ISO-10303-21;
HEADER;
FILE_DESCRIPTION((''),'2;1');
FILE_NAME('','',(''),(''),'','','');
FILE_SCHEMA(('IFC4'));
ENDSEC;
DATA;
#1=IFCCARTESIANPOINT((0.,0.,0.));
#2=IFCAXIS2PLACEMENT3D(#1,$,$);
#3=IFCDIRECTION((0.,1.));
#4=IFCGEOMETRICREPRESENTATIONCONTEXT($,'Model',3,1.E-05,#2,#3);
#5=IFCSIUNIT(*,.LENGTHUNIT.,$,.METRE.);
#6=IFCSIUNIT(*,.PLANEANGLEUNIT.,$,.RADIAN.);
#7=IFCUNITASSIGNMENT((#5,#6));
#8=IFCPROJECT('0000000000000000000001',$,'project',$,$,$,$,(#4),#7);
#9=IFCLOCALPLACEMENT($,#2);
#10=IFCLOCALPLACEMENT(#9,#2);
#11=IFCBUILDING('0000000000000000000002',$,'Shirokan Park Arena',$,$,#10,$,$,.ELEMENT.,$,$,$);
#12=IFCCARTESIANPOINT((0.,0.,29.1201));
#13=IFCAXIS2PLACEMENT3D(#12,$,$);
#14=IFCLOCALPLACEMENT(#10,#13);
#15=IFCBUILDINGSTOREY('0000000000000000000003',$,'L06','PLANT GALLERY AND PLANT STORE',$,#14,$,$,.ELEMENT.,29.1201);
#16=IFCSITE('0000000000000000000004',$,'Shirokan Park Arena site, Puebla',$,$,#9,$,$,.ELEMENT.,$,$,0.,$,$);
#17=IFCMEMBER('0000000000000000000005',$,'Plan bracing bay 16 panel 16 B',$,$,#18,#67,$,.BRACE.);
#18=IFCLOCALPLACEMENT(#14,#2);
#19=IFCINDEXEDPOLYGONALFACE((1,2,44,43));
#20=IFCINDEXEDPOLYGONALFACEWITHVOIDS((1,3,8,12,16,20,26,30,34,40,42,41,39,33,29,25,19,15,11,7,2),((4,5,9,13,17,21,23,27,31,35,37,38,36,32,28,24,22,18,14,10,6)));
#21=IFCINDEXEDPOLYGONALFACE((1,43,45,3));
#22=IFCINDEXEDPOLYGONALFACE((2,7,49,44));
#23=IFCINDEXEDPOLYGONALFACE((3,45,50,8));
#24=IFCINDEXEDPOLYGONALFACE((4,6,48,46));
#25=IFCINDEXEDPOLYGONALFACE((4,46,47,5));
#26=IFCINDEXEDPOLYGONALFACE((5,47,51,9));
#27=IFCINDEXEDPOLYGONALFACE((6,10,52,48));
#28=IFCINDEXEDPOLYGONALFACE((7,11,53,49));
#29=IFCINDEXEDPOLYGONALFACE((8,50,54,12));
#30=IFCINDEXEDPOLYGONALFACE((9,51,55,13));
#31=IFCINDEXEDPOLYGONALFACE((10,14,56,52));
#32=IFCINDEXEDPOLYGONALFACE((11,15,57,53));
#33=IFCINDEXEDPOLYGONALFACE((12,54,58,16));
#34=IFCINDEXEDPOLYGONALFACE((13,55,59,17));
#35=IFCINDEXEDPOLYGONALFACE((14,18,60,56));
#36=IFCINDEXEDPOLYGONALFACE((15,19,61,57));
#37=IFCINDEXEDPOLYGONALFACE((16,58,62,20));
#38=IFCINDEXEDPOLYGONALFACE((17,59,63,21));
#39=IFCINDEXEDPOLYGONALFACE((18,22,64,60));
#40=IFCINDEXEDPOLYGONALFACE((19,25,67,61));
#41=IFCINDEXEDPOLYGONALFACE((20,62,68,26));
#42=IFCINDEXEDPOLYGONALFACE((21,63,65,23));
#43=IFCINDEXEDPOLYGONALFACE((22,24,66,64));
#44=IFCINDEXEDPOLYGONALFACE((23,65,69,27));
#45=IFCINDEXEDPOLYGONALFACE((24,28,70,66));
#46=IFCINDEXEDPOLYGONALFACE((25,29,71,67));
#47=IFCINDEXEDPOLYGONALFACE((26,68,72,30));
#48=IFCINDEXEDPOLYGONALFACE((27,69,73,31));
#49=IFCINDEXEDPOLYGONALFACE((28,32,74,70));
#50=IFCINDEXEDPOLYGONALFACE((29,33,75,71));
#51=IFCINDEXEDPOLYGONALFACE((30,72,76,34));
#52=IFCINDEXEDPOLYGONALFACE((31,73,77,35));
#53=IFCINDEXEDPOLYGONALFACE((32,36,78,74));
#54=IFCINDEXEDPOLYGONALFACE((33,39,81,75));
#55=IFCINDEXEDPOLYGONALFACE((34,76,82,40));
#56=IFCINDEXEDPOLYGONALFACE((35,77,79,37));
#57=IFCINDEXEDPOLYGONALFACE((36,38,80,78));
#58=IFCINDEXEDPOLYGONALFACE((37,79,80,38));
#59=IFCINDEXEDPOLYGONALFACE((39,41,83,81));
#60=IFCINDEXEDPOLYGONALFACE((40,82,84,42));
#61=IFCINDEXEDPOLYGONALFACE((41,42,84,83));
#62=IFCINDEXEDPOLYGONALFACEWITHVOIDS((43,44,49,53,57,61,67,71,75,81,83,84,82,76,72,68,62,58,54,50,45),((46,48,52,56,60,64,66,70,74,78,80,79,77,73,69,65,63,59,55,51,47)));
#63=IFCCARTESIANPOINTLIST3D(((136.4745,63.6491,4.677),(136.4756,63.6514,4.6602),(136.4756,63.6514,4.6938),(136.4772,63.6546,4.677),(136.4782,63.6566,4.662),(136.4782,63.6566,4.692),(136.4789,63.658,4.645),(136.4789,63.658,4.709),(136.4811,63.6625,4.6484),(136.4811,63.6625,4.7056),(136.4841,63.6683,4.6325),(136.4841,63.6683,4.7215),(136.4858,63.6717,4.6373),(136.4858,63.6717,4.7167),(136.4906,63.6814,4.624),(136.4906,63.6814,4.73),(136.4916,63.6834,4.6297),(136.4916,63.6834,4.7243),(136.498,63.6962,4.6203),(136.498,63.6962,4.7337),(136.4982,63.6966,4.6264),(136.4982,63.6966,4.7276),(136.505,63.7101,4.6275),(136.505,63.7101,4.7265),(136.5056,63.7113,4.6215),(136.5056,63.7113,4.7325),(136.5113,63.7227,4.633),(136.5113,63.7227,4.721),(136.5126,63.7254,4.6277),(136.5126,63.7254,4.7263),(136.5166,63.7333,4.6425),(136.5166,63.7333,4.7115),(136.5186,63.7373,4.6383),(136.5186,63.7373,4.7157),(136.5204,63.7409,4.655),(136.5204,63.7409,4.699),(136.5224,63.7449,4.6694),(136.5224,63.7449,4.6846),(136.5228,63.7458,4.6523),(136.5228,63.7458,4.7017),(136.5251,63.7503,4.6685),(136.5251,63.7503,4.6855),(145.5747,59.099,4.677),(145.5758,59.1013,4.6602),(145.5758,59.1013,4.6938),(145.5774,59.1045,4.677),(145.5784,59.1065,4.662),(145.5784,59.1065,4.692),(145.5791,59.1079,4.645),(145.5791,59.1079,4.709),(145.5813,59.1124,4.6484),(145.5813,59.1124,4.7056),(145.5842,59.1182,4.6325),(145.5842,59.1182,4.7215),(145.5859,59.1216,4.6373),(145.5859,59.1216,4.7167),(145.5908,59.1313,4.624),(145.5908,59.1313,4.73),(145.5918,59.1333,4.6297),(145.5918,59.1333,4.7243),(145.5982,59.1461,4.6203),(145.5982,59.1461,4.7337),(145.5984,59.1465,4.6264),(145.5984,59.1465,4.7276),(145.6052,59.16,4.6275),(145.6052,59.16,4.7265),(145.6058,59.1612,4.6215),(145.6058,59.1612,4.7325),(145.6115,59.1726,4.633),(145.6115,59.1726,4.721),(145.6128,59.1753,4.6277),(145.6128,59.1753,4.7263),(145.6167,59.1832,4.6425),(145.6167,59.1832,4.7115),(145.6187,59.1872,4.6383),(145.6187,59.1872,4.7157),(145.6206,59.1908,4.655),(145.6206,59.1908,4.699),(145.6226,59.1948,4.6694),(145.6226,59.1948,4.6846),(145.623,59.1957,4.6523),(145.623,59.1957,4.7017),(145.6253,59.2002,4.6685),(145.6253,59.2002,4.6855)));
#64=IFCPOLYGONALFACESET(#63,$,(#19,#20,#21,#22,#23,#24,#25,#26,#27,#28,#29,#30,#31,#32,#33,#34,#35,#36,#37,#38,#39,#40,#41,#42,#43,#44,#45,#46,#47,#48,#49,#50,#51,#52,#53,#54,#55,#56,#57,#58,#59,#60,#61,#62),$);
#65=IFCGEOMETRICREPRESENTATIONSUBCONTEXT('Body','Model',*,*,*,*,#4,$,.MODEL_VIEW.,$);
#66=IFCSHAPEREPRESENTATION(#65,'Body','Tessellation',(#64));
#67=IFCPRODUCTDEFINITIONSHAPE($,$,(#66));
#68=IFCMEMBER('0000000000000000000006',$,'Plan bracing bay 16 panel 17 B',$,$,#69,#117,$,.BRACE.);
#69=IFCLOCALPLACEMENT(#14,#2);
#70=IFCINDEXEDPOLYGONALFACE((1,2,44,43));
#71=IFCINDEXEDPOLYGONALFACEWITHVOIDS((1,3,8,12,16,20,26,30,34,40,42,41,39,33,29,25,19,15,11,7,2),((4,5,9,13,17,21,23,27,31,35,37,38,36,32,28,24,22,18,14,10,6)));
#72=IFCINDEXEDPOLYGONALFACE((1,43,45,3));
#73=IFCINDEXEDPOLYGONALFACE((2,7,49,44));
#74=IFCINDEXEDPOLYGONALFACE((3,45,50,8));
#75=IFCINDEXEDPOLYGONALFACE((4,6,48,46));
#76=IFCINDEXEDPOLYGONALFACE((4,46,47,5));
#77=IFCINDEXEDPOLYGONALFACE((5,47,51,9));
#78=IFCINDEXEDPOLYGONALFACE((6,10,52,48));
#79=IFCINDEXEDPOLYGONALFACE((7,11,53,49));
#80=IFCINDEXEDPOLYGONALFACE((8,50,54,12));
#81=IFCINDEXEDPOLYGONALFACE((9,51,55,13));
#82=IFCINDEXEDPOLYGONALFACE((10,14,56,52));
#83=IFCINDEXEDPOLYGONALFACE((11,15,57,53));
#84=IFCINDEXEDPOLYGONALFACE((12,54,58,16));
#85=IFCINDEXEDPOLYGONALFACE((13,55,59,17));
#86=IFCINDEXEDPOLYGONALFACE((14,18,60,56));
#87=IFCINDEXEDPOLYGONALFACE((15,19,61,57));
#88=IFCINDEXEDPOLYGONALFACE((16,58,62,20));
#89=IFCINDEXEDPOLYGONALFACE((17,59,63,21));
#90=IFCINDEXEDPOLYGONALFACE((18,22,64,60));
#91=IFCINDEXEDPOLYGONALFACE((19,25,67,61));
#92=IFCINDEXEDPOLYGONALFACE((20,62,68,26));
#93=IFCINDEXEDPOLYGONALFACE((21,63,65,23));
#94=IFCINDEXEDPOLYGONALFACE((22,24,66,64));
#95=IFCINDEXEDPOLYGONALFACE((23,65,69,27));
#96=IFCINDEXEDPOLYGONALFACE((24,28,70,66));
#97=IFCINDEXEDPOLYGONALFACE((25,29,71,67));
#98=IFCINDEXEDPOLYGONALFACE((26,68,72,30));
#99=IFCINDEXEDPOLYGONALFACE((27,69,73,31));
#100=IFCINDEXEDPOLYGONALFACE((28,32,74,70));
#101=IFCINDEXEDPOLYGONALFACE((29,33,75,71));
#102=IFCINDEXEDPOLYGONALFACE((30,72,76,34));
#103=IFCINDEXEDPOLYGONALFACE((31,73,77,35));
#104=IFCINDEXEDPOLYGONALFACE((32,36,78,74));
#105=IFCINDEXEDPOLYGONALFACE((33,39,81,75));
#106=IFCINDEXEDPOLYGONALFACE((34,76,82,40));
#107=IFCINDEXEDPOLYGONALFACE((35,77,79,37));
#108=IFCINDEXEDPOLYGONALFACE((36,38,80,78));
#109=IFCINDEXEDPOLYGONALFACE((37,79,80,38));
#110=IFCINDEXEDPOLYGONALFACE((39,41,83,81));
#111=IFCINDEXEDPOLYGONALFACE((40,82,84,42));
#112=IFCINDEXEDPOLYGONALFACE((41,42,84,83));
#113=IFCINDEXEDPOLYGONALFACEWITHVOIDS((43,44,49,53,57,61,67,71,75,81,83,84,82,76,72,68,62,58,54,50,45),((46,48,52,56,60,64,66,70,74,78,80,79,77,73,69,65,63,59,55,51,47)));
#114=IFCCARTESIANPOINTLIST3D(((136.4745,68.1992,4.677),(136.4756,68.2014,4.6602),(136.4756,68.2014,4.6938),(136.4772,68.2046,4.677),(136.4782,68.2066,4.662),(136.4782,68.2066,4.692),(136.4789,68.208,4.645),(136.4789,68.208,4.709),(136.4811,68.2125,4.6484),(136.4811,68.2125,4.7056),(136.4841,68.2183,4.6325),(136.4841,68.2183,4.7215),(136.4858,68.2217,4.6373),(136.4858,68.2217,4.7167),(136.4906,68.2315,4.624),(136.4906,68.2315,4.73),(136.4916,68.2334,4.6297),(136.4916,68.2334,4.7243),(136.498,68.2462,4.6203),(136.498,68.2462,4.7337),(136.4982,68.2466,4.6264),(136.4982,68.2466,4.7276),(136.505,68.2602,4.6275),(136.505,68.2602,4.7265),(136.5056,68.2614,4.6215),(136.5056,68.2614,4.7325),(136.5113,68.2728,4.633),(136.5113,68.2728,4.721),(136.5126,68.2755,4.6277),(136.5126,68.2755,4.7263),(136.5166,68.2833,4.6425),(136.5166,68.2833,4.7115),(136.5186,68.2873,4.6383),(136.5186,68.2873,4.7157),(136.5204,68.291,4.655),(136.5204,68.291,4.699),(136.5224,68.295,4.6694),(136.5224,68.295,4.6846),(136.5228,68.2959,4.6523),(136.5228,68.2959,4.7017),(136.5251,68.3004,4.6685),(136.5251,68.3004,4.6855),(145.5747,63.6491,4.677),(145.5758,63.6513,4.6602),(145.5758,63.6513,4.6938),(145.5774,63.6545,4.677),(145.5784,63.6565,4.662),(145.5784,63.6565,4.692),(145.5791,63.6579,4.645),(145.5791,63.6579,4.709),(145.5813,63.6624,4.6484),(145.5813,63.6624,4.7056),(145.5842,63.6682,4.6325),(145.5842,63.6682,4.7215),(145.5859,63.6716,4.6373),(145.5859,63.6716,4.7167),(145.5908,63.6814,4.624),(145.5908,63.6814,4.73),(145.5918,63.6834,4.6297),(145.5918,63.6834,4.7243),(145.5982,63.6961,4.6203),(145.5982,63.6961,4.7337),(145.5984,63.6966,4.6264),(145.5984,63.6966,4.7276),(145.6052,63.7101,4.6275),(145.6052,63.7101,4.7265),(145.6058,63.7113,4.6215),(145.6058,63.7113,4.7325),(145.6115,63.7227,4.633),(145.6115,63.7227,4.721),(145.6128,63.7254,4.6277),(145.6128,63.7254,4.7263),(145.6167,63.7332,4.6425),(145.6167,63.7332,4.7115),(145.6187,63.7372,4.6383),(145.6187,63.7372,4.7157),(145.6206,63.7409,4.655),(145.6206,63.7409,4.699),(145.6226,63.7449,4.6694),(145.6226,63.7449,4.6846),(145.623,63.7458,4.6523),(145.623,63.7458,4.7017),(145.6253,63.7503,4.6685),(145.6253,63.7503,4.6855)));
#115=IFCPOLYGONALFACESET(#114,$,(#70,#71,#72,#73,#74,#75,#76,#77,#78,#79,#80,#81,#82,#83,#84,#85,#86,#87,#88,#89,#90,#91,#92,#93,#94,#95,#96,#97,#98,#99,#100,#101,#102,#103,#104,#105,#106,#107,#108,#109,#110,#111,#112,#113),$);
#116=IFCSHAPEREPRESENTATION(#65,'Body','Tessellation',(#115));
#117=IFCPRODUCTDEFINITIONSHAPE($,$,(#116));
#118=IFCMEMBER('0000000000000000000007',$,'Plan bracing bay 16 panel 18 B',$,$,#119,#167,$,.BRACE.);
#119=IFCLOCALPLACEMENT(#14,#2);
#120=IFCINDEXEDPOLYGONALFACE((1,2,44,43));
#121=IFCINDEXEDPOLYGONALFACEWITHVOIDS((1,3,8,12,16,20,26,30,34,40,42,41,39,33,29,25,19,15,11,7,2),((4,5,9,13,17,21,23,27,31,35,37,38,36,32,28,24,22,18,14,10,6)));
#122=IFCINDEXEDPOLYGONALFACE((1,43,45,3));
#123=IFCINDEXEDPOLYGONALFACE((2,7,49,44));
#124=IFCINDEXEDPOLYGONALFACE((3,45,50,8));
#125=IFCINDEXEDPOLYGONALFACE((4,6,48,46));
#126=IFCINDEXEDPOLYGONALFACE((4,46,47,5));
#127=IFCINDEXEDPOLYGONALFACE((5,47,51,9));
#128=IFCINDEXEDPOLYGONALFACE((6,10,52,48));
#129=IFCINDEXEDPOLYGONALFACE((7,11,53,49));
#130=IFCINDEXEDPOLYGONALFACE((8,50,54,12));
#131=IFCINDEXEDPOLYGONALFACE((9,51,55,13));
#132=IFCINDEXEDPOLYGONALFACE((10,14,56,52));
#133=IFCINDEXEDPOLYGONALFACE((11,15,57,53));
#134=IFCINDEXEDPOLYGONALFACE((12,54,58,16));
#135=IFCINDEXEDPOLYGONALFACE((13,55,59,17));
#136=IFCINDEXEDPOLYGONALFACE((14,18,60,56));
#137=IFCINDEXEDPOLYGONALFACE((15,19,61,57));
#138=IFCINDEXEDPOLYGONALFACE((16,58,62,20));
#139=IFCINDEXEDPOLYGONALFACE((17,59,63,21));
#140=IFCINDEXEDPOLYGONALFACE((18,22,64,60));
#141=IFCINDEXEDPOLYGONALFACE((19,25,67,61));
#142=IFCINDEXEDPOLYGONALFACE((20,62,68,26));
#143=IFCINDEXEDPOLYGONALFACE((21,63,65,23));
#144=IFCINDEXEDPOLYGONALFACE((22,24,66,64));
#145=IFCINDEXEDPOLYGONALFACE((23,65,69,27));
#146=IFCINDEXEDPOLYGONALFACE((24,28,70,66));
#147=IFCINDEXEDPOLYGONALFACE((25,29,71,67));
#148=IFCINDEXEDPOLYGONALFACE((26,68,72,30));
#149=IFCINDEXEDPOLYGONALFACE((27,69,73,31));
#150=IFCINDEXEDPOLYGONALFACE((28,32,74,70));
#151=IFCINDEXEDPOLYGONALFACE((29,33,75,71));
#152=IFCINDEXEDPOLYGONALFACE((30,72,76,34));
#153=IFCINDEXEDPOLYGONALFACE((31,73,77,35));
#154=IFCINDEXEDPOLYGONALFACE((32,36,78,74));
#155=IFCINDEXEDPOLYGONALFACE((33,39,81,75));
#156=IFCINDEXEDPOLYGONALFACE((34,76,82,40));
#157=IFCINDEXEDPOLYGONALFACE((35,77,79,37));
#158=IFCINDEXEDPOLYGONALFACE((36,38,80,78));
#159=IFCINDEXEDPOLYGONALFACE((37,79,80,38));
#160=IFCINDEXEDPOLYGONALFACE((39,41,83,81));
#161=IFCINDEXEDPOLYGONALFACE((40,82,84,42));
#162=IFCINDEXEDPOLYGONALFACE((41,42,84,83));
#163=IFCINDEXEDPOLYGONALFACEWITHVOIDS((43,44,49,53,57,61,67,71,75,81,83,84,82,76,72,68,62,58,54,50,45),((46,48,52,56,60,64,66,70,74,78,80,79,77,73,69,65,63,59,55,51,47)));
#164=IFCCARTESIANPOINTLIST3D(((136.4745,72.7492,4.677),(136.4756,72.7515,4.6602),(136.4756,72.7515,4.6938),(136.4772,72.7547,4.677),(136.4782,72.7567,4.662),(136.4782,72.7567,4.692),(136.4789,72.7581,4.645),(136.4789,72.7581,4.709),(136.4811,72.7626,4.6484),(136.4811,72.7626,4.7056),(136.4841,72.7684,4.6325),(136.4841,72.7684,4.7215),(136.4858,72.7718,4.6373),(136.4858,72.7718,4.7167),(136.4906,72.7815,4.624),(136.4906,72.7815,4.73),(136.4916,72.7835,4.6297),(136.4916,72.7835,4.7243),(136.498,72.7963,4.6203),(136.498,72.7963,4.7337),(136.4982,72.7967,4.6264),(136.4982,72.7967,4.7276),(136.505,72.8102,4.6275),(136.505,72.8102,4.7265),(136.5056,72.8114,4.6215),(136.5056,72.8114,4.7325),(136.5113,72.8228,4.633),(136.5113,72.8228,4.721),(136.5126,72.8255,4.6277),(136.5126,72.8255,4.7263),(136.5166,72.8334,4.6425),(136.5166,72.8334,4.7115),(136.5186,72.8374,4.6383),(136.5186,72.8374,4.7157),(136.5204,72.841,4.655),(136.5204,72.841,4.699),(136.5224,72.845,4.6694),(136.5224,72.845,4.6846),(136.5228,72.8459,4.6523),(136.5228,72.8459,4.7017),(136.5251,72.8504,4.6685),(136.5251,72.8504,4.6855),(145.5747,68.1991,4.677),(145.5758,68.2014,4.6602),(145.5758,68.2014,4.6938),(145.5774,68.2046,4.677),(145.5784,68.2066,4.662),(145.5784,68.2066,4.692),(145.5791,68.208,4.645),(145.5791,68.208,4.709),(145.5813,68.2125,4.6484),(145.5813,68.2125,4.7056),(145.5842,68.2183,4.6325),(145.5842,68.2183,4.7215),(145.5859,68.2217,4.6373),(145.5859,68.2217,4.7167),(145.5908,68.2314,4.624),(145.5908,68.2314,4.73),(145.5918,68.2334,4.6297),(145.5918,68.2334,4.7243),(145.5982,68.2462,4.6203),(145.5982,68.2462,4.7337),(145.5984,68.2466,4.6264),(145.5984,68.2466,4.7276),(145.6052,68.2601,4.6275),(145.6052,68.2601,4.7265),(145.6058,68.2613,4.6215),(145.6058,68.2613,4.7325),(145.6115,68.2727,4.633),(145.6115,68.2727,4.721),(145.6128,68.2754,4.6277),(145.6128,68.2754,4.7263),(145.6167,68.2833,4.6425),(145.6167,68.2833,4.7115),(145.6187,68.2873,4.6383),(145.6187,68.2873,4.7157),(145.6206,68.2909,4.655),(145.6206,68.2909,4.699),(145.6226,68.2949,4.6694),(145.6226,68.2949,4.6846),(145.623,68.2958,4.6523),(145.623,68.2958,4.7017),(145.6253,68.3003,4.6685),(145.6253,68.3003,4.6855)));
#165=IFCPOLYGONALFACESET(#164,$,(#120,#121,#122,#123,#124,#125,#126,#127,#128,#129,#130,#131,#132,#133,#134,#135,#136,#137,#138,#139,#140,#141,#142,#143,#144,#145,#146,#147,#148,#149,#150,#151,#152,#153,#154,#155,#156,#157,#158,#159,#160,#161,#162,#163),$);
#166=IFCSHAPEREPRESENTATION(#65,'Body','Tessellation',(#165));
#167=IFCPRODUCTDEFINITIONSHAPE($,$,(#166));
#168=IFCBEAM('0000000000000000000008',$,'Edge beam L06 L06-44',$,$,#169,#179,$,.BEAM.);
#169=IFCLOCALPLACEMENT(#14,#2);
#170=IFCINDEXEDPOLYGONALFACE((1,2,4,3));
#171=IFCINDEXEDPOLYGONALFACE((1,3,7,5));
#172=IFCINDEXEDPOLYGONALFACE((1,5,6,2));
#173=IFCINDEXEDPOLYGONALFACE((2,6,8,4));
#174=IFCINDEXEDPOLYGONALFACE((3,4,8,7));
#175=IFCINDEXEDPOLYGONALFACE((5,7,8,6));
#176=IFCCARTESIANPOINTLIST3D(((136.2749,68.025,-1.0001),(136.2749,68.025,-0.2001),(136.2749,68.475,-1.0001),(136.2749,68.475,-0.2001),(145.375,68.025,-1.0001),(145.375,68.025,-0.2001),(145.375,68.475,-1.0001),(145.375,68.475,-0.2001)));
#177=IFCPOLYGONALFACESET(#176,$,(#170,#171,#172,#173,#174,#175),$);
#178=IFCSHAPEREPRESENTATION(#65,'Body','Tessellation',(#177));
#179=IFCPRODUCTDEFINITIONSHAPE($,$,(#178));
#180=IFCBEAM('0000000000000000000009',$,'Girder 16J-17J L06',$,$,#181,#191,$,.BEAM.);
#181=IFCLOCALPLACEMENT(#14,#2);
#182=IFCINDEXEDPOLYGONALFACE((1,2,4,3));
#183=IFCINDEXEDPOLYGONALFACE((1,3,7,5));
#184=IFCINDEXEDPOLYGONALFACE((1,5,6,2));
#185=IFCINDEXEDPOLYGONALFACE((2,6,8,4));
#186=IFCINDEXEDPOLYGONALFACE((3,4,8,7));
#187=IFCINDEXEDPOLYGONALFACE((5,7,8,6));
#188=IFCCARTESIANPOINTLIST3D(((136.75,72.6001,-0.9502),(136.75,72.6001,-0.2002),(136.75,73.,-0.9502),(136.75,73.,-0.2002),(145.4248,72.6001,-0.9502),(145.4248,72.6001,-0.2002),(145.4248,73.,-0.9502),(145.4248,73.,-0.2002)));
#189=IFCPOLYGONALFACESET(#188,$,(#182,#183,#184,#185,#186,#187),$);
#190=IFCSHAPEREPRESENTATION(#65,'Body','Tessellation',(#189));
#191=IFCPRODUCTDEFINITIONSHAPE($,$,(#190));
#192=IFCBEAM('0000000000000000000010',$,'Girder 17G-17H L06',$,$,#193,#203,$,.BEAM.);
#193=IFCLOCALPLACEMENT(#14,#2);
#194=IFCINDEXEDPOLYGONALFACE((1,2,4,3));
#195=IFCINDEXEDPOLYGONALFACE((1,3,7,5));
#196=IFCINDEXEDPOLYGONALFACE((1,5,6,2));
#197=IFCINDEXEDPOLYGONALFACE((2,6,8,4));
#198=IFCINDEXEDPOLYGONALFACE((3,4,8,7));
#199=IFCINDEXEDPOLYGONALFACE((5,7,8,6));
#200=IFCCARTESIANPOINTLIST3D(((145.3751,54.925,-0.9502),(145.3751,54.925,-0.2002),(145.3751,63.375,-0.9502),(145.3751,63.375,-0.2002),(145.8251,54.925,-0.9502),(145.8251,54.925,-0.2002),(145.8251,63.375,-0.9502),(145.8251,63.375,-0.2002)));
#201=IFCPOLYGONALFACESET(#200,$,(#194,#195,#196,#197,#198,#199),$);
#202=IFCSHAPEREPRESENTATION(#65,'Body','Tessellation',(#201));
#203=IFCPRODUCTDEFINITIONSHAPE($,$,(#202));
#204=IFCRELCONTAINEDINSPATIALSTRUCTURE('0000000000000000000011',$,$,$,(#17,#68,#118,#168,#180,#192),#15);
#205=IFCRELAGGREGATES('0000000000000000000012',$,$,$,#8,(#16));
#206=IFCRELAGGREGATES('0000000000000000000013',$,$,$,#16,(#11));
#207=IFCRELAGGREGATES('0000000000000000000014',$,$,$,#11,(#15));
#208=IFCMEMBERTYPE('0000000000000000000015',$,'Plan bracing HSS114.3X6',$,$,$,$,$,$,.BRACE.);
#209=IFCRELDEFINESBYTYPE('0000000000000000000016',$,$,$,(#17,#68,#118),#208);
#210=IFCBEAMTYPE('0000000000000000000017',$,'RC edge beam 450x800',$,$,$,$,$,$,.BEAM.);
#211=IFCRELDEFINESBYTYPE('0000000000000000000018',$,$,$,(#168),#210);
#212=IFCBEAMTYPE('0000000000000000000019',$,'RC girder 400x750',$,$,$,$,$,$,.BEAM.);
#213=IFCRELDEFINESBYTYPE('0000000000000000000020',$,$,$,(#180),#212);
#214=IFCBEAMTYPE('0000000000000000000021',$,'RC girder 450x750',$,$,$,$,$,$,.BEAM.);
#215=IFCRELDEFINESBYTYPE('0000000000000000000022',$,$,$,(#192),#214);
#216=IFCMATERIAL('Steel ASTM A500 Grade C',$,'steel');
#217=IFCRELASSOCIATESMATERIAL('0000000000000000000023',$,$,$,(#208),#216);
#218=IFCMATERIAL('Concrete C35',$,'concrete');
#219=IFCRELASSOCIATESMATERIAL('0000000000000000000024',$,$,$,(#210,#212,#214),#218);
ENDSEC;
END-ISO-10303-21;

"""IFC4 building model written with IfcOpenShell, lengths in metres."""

from ifc_helpers import new_model, si_unit, direction, frame, origin, origin_2d, place, context, subcontext, project, spatial, rectangle, hollow_circle, extrude, material, material_profile, profile_set, type_object, element, save


model = new_model("IFC4")

# Units and contexts
model_context = context("Model", 3, precision=1e-05, world=origin(), true_north=direction((0.0, 1.0)))
body_context = subcontext(model_context, "Body", "Model", "MODEL_VIEW")
ifc_project = project(units=[si_unit("LENGTHUNIT", "METRE"), si_unit("PLANEANGLEUNIT", "RADIAN")], contexts=[model_context])

# Site, building, storey
site_placement = place(None, origin())
site = spatial("IfcSite", under=ifc_project, at=site_placement, Name="Shirokan Park Arena site, Puebla", CompositionType="ELEMENT", RefElevation=0.0)
building_placement = place(site_placement, origin())
building = spatial("IfcBuilding", under=site, at=building_placement, Name="Shirokan Park Arena", CompositionType="ELEMENT")
storey_placement = place(building_placement, frame((0.0, 0.0, 29.1201)))
storey = spatial("IfcBuildingStorey", under=building, at=storey_placement, Name="L06", Description="PLANT GALLERY AND PLANT STORE", CompositionType="ELEMENT", Elevation=29.1201)

# Shared definitions
ifc_material_1 = material(Name="Concrete C35", Category="concrete")

# Members
ifc_material_2 = material(Name="Steel ASTM A500 Grade C", Category="steel")
ifc_material_profile_1 = material_profile(ifc_material_2, hollow_circle(Radius=0.0569, WallThickness=0.0061, at=origin_2d()), Name="HSS114.3X6")
ifc_profile_set_1 = profile_set([ifc_material_profile_1], Name="Steel ASTM A500 Grade C")
member_type_1 = type_object("IfcMemberType", Name="Plan bracing HSS114.3X6", PredefinedType="BRACE", material=ifc_profile_set_1)
for number, where, z_axis, x_axis, name in (
    (1, (145.6001, 59.1499, 4.677), (-0.894427, 0.447214, 0.0), (-0.447214, -0.894427, 0.0), "Plan bracing bay 16 panel 16 B"),
    (2, (145.6001, 63.7, 4.677), (-0.894427, 0.447214, 0.0), (-0.447214, -0.894427, 0.0), "Plan bracing bay 16 panel 17 B"),
    (3, (145.6001, 68.25, 4.677), (-0.894427, 0.447214, 0.0), (-0.447214, -0.894427, 0.0), "Plan bracing bay 16 panel 18 B"),
):
    element("IfcMember", number, at=place(storey_placement, frame(where, z_axis=z_axis, x_axis=x_axis)), inside=storey, type_object=member_type_1, Name=name, PredefinedType="BRACE", context=body_context, shape_type="SweptSolid", body=[
        extrude(hollow_circle(Radius=0.0569, WallThickness=0.0061, at=origin_2d()), origin(), (0.0, 0.0, 1.0), 10.1743),
    ])

# Beams
ifc_material_profile_2 = material_profile(ifc_material_1, rectangle(XDim=0.45, YDim=0.8, at=origin_2d()), Name="450x800")
ifc_profile_set_2 = profile_set([ifc_material_profile_2], Name="Concrete C35")
beam_type_1 = type_object("IfcBeamType", Name="RC edge beam 450x800", PredefinedType="BEAM", material=ifc_profile_set_2)
beam_1_placement = place(storey_placement, frame((145.375, 68.25, -0.6001), z_axis=(-1.0, 0.0, 0.0), x_axis=(0.0, -1.0, 0.0)))
element("IfcBeam", 4, at=beam_1_placement, inside=storey, type_object=beam_type_1, Name="Edge beam L06 L06-44", PredefinedType="BEAM", context=body_context, shape_type="SweptSolid", body=[
    extrude(rectangle(XDim=0.45, YDim=0.8, at=origin_2d()), origin(), (0.0, 0.0, 1.0), 9.1001),
])
ifc_material_profile_3 = material_profile(ifc_material_1, rectangle(XDim=0.3999, YDim=0.75, at=origin_2d()), Name="400x750")
ifc_profile_set_3 = profile_set([ifc_material_profile_3], Name="Concrete C35")
beam_type_2 = type_object("IfcBeamType", Name="RC girder 400x750", PredefinedType="BEAM", material=ifc_profile_set_3)
beam_2_placement = place(storey_placement, frame((136.75, 72.8, -0.5752), z_axis=(1.0, 0.0, 0.0), x_axis=(0.0, 1.0, 0.0)))
element("IfcBeam", 5, at=beam_2_placement, inside=storey, type_object=beam_type_2, Name="Girder 16J-17J L06", PredefinedType="BEAM", context=body_context, shape_type="SweptSolid", body=[
    extrude(rectangle(XDim=0.3999, YDim=0.75, at=origin_2d()), origin(), (0.0, 0.0, 1.0), 8.6748),
])
ifc_material_profile_4 = material_profile(ifc_material_1, rectangle(XDim=0.45, YDim=0.75, at=origin_2d()), Name="450x750")
ifc_profile_set_4 = profile_set([ifc_material_profile_4], Name="Concrete C35")
beam_type_3 = type_object("IfcBeamType", Name="RC girder 450x750", PredefinedType="BEAM", material=ifc_profile_set_4)
beam_3_placement = place(storey_placement, frame((145.6001, 54.925, -0.5752), z_axis=(0.0, 1.0, 0.0), x_axis=(-1.0, 0.0, 0.0)))
element("IfcBeam", 6, at=beam_3_placement, inside=storey, type_object=beam_type_3, Name="Girder 17G-17H L06", PredefinedType="BEAM", context=body_context, shape_type="SweptSolid", body=[
    extrude(rectangle(XDim=0.45, YDim=0.75, at=origin_2d()), origin(), (0.0, 0.0, 1.0), 8.45),
])

save(model, "model.ifc")
